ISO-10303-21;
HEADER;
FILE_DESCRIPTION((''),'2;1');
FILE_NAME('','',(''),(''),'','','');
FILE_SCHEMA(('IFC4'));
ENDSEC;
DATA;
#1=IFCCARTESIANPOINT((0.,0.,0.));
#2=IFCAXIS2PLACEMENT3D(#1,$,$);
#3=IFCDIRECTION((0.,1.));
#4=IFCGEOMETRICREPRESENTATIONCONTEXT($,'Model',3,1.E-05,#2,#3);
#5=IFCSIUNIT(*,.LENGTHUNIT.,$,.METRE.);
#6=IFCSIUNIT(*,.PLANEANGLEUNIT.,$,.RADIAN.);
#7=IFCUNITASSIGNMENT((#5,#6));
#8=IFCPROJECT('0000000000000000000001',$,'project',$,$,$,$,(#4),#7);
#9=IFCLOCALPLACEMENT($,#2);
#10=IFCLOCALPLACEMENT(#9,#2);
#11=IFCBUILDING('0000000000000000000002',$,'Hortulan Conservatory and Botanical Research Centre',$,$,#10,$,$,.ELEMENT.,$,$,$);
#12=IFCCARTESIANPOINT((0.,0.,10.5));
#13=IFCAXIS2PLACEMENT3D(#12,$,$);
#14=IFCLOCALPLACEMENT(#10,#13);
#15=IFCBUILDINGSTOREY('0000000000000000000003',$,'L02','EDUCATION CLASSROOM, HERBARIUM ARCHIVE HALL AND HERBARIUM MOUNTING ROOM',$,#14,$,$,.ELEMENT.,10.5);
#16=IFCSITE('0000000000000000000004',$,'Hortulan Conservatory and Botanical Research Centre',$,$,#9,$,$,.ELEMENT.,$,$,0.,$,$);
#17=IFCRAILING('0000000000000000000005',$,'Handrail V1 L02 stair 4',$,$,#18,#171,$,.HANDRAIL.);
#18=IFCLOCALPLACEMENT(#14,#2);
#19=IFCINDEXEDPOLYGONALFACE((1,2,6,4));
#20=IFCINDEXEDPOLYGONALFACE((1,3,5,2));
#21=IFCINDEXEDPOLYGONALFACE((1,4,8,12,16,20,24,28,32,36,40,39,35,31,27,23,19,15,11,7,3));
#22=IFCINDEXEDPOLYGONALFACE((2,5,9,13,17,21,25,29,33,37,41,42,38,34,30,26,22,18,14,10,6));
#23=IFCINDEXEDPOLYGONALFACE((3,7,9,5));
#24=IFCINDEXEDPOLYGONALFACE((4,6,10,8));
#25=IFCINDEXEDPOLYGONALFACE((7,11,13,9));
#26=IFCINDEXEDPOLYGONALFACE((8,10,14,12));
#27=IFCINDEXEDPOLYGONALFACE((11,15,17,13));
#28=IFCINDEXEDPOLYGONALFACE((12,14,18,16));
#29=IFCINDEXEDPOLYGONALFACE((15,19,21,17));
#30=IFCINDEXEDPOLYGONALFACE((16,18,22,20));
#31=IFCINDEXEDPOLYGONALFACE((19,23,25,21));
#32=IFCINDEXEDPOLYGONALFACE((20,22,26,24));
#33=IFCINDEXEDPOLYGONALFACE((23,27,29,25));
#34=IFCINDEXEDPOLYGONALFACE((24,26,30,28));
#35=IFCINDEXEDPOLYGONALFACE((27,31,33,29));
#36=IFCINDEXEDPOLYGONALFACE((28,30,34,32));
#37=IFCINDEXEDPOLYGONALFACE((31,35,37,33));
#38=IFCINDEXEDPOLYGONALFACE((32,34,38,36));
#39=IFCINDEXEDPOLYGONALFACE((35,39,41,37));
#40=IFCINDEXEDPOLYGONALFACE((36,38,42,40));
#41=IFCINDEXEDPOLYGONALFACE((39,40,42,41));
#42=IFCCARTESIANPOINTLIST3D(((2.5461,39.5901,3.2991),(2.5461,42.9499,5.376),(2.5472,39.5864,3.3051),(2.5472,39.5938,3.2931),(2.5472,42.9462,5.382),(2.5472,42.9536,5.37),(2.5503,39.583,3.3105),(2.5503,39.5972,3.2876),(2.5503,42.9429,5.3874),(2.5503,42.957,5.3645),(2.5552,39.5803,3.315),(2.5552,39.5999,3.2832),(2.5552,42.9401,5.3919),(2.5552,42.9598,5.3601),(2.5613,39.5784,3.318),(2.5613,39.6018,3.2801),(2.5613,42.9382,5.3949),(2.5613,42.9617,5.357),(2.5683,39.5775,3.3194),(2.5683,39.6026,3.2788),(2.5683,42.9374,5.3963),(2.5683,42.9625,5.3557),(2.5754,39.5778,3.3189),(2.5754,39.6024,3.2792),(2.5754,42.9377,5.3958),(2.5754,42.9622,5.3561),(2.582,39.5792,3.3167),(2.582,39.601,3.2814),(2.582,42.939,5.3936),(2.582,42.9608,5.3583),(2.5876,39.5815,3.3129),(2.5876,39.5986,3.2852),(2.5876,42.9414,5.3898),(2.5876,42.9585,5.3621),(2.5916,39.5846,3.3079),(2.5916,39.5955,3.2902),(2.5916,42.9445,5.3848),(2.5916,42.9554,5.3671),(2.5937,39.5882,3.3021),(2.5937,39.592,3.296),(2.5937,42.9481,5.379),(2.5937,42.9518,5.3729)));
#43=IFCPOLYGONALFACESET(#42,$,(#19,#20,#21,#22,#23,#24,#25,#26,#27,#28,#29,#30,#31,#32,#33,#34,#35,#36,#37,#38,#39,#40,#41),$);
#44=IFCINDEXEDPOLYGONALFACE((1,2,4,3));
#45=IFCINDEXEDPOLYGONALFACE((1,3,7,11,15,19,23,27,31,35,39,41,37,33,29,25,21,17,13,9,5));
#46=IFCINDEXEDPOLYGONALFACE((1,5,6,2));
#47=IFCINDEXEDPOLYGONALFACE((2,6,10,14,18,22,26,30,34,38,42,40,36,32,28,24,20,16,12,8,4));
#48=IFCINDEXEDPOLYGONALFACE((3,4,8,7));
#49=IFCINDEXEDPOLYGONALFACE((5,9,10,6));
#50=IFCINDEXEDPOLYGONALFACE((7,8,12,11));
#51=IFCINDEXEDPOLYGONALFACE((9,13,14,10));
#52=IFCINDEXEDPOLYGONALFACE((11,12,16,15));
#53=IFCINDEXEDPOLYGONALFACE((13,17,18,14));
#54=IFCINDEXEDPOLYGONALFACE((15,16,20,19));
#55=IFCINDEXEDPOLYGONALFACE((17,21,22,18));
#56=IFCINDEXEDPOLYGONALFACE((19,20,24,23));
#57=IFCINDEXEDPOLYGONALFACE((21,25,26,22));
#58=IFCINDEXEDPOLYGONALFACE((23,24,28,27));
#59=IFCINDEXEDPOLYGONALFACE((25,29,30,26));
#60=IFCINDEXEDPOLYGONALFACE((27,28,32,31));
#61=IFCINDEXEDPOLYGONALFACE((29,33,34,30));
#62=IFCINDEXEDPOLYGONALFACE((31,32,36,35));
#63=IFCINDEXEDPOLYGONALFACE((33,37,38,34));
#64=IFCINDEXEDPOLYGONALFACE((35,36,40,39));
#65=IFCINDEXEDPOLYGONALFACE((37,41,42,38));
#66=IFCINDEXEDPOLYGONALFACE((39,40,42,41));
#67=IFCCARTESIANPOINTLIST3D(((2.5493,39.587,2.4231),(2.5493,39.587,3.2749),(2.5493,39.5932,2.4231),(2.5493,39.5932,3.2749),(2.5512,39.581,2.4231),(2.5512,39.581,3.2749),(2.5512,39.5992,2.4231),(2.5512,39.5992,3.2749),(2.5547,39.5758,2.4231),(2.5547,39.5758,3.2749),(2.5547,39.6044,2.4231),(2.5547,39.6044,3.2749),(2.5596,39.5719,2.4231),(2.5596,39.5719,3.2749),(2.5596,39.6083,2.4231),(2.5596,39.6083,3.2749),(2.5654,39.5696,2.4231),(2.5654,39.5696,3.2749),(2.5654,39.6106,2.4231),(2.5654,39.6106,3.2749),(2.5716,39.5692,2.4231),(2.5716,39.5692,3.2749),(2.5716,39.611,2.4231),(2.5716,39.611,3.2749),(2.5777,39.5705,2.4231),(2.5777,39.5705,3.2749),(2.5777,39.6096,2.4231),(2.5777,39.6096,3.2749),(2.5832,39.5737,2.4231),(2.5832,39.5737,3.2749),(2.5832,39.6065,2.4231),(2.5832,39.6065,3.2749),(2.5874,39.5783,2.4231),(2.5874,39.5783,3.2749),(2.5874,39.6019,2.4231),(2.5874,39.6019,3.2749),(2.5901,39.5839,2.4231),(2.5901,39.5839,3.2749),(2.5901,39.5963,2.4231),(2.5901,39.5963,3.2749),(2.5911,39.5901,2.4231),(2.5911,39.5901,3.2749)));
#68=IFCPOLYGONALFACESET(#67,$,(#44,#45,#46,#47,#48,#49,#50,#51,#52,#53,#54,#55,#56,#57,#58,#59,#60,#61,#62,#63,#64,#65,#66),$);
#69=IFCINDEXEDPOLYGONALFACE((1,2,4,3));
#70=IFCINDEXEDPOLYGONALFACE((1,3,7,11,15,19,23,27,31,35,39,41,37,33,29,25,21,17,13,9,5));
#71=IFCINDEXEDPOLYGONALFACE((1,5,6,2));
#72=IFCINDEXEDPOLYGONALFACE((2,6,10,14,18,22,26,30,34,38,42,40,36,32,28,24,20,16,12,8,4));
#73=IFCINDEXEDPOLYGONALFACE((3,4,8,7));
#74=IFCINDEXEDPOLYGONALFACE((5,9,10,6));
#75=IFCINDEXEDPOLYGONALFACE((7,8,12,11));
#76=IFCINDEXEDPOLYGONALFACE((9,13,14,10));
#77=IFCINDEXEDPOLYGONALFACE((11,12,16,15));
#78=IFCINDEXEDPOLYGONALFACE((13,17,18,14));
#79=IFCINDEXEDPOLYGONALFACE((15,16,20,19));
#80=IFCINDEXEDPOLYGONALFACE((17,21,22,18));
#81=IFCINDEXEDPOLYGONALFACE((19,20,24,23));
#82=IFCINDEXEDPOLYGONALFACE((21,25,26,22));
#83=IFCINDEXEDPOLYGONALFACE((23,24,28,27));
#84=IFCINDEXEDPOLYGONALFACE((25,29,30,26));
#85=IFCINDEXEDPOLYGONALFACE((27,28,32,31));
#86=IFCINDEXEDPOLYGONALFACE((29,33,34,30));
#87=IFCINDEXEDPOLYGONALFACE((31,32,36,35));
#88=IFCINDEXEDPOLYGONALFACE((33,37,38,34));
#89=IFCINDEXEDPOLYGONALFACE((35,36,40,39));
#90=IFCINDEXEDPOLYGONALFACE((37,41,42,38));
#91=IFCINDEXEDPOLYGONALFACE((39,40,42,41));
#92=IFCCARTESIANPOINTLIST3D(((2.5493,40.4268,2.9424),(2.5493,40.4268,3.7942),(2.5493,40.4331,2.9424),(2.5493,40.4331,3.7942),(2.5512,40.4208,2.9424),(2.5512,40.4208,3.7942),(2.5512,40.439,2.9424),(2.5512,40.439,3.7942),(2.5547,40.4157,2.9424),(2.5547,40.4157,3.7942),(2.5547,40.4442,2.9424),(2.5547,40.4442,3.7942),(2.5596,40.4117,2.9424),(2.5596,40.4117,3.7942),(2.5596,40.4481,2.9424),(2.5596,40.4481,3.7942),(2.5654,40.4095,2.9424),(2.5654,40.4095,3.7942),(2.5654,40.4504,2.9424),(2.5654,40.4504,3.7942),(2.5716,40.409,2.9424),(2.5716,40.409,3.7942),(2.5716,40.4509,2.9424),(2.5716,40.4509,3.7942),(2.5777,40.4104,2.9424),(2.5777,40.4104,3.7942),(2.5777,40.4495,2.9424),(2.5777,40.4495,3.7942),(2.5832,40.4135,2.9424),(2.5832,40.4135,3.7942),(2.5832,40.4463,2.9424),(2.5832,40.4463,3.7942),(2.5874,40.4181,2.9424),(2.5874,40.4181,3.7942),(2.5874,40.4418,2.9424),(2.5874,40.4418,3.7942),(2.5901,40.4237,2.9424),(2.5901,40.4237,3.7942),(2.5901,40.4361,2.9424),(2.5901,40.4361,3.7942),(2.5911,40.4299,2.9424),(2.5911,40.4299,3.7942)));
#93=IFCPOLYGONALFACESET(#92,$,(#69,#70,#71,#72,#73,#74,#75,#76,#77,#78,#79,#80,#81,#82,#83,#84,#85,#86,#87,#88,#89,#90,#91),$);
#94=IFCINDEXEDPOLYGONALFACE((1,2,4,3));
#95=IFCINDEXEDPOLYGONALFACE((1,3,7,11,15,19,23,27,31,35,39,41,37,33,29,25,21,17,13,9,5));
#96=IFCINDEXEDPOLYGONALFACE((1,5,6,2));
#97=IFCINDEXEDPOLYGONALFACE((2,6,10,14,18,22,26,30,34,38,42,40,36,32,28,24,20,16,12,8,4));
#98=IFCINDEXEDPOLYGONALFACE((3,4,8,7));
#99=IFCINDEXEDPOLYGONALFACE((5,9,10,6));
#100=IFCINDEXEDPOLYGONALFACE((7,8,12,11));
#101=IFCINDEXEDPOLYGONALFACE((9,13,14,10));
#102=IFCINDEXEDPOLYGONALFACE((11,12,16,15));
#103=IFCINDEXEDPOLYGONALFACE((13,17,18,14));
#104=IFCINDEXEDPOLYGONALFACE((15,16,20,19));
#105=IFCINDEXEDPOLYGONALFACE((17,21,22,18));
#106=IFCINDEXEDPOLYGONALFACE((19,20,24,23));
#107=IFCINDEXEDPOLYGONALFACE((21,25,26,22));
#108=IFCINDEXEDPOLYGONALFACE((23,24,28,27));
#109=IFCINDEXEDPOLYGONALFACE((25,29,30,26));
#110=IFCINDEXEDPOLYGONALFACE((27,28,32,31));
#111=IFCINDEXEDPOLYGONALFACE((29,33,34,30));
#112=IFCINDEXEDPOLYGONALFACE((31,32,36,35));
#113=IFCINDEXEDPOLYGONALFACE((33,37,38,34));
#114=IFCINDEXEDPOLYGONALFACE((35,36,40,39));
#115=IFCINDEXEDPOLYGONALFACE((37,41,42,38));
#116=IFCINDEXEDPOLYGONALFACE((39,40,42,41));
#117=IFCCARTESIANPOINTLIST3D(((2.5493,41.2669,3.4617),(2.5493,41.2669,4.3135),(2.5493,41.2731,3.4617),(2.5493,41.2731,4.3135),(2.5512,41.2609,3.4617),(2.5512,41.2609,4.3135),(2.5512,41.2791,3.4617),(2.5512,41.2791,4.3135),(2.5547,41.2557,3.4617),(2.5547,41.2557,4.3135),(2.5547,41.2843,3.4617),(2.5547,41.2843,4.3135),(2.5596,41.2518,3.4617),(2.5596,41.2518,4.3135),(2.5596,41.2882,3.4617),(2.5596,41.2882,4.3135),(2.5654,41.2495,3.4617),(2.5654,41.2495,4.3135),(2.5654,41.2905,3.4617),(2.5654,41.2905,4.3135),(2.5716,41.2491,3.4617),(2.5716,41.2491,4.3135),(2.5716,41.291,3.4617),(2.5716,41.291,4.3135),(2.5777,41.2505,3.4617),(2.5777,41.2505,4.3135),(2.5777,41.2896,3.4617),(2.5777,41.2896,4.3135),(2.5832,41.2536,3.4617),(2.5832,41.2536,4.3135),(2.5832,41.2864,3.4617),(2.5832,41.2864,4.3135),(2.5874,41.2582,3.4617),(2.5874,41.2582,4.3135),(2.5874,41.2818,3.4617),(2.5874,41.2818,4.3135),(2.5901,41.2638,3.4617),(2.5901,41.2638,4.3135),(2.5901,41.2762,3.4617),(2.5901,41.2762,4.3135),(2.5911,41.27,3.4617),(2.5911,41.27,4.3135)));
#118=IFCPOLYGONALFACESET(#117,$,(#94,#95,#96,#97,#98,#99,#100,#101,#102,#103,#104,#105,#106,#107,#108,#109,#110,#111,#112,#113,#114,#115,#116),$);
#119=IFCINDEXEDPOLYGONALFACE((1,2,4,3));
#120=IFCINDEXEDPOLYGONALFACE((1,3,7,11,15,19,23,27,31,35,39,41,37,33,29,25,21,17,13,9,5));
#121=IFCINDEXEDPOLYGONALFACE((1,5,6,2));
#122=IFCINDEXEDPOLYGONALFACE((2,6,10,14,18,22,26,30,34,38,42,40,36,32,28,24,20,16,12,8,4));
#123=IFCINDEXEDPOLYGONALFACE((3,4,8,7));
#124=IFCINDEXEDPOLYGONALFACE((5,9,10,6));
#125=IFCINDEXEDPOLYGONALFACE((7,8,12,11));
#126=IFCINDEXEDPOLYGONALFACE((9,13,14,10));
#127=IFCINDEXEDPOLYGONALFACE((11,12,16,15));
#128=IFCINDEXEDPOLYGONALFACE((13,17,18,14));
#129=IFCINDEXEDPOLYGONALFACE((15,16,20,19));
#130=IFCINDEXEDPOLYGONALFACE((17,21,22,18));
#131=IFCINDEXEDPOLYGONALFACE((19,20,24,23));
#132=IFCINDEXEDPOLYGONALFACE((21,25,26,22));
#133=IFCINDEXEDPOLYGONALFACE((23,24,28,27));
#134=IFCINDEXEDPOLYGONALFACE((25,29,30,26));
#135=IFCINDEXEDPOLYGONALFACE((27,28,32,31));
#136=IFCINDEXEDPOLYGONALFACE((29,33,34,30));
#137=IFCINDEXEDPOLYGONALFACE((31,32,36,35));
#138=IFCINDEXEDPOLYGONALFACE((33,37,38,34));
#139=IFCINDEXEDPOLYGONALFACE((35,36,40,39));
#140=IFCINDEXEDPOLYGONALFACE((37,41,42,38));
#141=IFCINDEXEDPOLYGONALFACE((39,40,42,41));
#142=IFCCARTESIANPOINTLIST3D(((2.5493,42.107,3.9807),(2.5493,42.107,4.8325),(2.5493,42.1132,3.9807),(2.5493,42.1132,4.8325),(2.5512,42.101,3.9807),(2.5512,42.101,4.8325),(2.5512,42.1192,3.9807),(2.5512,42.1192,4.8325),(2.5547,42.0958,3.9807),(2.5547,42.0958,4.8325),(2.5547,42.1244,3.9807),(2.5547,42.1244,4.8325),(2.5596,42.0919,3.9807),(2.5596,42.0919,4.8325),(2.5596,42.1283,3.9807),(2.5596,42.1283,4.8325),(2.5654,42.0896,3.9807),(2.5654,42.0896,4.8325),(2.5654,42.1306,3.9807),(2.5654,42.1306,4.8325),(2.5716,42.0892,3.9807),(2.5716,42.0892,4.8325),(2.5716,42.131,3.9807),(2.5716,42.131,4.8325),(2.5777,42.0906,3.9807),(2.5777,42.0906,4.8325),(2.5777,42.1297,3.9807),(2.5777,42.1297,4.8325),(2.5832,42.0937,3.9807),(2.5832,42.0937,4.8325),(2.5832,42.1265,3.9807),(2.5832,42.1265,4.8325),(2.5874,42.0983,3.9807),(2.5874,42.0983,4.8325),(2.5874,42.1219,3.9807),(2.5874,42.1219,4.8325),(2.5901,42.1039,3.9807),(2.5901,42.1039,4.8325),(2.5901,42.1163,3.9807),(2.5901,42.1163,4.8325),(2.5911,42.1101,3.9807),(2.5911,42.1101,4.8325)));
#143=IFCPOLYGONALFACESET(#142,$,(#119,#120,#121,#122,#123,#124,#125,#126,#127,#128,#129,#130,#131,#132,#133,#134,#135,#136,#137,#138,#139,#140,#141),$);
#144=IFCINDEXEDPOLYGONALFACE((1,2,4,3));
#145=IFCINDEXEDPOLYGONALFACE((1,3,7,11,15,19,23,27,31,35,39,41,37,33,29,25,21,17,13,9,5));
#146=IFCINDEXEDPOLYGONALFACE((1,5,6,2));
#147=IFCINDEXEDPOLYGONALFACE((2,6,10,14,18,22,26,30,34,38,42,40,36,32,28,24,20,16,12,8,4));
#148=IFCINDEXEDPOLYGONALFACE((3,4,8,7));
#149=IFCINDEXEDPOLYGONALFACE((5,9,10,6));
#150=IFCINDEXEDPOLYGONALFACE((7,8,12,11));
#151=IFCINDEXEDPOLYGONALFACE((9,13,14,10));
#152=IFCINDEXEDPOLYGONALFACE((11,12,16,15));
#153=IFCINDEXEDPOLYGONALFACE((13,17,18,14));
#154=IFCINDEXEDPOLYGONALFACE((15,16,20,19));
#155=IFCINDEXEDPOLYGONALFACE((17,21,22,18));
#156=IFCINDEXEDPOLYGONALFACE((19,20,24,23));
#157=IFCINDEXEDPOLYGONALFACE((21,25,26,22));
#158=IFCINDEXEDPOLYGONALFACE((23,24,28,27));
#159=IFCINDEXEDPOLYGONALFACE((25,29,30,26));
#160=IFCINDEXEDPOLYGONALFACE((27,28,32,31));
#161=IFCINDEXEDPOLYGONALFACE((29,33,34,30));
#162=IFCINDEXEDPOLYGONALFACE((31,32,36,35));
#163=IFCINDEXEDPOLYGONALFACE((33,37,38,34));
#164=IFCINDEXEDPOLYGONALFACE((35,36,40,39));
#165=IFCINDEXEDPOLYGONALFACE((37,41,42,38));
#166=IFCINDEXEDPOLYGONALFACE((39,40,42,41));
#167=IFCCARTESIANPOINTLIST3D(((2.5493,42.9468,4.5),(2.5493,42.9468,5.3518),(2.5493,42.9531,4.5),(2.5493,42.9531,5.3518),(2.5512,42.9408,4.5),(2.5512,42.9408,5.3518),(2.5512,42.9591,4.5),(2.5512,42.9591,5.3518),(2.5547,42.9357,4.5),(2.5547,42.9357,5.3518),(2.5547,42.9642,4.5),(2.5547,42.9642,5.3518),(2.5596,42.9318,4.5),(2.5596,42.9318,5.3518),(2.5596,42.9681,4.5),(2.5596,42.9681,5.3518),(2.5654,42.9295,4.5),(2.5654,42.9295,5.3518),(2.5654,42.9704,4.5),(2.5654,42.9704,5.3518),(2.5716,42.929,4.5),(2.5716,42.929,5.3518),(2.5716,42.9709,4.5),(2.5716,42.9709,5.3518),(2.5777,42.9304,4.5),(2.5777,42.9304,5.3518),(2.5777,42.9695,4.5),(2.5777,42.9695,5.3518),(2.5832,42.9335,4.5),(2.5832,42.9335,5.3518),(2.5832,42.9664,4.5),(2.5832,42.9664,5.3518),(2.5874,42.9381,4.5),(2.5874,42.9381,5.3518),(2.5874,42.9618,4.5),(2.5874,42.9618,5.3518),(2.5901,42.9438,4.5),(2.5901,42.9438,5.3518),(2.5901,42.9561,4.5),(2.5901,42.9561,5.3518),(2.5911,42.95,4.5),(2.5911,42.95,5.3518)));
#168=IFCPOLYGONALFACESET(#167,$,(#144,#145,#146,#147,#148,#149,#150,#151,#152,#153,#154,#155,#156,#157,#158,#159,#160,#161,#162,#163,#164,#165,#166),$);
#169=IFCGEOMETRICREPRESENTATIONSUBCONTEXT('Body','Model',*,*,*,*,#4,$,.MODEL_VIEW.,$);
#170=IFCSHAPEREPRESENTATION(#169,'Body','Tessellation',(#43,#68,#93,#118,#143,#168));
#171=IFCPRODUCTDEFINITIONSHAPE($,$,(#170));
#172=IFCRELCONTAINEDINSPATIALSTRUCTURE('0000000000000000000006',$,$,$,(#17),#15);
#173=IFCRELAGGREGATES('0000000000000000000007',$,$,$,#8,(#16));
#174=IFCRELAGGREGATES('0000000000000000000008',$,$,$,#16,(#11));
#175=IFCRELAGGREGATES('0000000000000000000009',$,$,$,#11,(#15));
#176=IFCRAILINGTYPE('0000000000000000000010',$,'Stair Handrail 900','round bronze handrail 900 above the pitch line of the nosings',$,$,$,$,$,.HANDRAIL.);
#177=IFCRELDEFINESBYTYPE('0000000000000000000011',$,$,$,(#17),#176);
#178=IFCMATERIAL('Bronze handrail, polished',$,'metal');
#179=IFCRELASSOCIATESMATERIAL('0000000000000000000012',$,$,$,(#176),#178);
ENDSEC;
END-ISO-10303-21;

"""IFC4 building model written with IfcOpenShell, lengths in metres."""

from ifc_helpers import new_model, si_unit, direction, frame, origin, origin_2d, place, context, subcontext, project, spatial, circle, extrude, material, type_object, element, save


model = new_model("IFC4")

# Units and contexts
model_context = context("Model", 3, precision=1e-05, world=origin(), true_north=direction((0.0, 1.0)))
body_context = subcontext(model_context, "Body", "Model", "MODEL_VIEW")
ifc_project = project(units=[si_unit("LENGTHUNIT", "METRE"), si_unit("PLANEANGLEUNIT", "RADIAN")], contexts=[model_context])

# Site, building, storey
site_placement = place(None, origin())
site = spatial("IfcSite", under=ifc_project, at=site_placement, Name="Hortulan Conservatory and Botanical Research Centre", CompositionType="ELEMENT", RefElevation=0.0)
building_placement = place(site_placement, origin())
building = spatial("IfcBuilding", under=site, at=building_placement, Name="Hortulan Conservatory and Botanical Research Centre", CompositionType="ELEMENT")
storey_placement = place(building_placement, frame((0.0, 0.0, 10.5)))
storey = spatial("IfcBuildingStorey", under=building, at=storey_placement, Name="L02", Description="EDUCATION CLASSROOM, HERBARIUM ARCHIVE HALL AND HERBARIUM MOUNTING ROOM", CompositionType="ELEMENT", Elevation=10.5)

# Railing
ifc_material_1 = material(Name="Bronze handrail, polished", Category="metal")
railing_type_1 = type_object("IfcRailingType", Name="Stair Handrail 900", Description="round bronze handrail 900 above the pitch line of the nosings", PredefinedType="HANDRAIL", material=ifc_material_1)
railing_1_placement = place(storey_placement, frame((2.5701, 39.5901, 2.4231)))
element("IfcRailing", 1, at=railing_1_placement, inside=storey, type_object=railing_type_1, Name="Handrail V1 L02 stair 4", PredefinedType="HANDRAIL", context=body_context, shape_type="SweptSolid", body=[
    extrude(circle(Radius=0.0239, at=origin_2d()), frame((0.0, 0.0, 0.876), z_axis=(0.0, 0.850606, 0.525803), x_axis=(-1.0, 0.0, 0.0)), (0.0, 0.0, 1.0), 3.95),
    extrude(circle(Radius=0.021, at=origin_2d()), origin(), (0.0, 0.0, 1.0), 0.8518),
    extrude(circle(Radius=0.021, at=origin_2d()), frame((0.0, 0.8398, 0.5193)), (0.0, 0.0, 1.0), 0.8518),
    extrude(circle(Radius=0.021, at=origin_2d()), frame((0.0, 1.6799, 1.0386)), (0.0, 0.0, 1.0), 0.8518),
    extrude(circle(Radius=0.021, at=origin_2d()), frame((0.0, 2.52, 1.5576)), (0.0, 0.0, 1.0), 0.8518),
    extrude(circle(Radius=0.021, at=origin_2d()), frame((0.0, 3.3599, 2.0769)), (0.0, 0.0, 1.0), 0.8518),
])

save(model, "model.ifc")
